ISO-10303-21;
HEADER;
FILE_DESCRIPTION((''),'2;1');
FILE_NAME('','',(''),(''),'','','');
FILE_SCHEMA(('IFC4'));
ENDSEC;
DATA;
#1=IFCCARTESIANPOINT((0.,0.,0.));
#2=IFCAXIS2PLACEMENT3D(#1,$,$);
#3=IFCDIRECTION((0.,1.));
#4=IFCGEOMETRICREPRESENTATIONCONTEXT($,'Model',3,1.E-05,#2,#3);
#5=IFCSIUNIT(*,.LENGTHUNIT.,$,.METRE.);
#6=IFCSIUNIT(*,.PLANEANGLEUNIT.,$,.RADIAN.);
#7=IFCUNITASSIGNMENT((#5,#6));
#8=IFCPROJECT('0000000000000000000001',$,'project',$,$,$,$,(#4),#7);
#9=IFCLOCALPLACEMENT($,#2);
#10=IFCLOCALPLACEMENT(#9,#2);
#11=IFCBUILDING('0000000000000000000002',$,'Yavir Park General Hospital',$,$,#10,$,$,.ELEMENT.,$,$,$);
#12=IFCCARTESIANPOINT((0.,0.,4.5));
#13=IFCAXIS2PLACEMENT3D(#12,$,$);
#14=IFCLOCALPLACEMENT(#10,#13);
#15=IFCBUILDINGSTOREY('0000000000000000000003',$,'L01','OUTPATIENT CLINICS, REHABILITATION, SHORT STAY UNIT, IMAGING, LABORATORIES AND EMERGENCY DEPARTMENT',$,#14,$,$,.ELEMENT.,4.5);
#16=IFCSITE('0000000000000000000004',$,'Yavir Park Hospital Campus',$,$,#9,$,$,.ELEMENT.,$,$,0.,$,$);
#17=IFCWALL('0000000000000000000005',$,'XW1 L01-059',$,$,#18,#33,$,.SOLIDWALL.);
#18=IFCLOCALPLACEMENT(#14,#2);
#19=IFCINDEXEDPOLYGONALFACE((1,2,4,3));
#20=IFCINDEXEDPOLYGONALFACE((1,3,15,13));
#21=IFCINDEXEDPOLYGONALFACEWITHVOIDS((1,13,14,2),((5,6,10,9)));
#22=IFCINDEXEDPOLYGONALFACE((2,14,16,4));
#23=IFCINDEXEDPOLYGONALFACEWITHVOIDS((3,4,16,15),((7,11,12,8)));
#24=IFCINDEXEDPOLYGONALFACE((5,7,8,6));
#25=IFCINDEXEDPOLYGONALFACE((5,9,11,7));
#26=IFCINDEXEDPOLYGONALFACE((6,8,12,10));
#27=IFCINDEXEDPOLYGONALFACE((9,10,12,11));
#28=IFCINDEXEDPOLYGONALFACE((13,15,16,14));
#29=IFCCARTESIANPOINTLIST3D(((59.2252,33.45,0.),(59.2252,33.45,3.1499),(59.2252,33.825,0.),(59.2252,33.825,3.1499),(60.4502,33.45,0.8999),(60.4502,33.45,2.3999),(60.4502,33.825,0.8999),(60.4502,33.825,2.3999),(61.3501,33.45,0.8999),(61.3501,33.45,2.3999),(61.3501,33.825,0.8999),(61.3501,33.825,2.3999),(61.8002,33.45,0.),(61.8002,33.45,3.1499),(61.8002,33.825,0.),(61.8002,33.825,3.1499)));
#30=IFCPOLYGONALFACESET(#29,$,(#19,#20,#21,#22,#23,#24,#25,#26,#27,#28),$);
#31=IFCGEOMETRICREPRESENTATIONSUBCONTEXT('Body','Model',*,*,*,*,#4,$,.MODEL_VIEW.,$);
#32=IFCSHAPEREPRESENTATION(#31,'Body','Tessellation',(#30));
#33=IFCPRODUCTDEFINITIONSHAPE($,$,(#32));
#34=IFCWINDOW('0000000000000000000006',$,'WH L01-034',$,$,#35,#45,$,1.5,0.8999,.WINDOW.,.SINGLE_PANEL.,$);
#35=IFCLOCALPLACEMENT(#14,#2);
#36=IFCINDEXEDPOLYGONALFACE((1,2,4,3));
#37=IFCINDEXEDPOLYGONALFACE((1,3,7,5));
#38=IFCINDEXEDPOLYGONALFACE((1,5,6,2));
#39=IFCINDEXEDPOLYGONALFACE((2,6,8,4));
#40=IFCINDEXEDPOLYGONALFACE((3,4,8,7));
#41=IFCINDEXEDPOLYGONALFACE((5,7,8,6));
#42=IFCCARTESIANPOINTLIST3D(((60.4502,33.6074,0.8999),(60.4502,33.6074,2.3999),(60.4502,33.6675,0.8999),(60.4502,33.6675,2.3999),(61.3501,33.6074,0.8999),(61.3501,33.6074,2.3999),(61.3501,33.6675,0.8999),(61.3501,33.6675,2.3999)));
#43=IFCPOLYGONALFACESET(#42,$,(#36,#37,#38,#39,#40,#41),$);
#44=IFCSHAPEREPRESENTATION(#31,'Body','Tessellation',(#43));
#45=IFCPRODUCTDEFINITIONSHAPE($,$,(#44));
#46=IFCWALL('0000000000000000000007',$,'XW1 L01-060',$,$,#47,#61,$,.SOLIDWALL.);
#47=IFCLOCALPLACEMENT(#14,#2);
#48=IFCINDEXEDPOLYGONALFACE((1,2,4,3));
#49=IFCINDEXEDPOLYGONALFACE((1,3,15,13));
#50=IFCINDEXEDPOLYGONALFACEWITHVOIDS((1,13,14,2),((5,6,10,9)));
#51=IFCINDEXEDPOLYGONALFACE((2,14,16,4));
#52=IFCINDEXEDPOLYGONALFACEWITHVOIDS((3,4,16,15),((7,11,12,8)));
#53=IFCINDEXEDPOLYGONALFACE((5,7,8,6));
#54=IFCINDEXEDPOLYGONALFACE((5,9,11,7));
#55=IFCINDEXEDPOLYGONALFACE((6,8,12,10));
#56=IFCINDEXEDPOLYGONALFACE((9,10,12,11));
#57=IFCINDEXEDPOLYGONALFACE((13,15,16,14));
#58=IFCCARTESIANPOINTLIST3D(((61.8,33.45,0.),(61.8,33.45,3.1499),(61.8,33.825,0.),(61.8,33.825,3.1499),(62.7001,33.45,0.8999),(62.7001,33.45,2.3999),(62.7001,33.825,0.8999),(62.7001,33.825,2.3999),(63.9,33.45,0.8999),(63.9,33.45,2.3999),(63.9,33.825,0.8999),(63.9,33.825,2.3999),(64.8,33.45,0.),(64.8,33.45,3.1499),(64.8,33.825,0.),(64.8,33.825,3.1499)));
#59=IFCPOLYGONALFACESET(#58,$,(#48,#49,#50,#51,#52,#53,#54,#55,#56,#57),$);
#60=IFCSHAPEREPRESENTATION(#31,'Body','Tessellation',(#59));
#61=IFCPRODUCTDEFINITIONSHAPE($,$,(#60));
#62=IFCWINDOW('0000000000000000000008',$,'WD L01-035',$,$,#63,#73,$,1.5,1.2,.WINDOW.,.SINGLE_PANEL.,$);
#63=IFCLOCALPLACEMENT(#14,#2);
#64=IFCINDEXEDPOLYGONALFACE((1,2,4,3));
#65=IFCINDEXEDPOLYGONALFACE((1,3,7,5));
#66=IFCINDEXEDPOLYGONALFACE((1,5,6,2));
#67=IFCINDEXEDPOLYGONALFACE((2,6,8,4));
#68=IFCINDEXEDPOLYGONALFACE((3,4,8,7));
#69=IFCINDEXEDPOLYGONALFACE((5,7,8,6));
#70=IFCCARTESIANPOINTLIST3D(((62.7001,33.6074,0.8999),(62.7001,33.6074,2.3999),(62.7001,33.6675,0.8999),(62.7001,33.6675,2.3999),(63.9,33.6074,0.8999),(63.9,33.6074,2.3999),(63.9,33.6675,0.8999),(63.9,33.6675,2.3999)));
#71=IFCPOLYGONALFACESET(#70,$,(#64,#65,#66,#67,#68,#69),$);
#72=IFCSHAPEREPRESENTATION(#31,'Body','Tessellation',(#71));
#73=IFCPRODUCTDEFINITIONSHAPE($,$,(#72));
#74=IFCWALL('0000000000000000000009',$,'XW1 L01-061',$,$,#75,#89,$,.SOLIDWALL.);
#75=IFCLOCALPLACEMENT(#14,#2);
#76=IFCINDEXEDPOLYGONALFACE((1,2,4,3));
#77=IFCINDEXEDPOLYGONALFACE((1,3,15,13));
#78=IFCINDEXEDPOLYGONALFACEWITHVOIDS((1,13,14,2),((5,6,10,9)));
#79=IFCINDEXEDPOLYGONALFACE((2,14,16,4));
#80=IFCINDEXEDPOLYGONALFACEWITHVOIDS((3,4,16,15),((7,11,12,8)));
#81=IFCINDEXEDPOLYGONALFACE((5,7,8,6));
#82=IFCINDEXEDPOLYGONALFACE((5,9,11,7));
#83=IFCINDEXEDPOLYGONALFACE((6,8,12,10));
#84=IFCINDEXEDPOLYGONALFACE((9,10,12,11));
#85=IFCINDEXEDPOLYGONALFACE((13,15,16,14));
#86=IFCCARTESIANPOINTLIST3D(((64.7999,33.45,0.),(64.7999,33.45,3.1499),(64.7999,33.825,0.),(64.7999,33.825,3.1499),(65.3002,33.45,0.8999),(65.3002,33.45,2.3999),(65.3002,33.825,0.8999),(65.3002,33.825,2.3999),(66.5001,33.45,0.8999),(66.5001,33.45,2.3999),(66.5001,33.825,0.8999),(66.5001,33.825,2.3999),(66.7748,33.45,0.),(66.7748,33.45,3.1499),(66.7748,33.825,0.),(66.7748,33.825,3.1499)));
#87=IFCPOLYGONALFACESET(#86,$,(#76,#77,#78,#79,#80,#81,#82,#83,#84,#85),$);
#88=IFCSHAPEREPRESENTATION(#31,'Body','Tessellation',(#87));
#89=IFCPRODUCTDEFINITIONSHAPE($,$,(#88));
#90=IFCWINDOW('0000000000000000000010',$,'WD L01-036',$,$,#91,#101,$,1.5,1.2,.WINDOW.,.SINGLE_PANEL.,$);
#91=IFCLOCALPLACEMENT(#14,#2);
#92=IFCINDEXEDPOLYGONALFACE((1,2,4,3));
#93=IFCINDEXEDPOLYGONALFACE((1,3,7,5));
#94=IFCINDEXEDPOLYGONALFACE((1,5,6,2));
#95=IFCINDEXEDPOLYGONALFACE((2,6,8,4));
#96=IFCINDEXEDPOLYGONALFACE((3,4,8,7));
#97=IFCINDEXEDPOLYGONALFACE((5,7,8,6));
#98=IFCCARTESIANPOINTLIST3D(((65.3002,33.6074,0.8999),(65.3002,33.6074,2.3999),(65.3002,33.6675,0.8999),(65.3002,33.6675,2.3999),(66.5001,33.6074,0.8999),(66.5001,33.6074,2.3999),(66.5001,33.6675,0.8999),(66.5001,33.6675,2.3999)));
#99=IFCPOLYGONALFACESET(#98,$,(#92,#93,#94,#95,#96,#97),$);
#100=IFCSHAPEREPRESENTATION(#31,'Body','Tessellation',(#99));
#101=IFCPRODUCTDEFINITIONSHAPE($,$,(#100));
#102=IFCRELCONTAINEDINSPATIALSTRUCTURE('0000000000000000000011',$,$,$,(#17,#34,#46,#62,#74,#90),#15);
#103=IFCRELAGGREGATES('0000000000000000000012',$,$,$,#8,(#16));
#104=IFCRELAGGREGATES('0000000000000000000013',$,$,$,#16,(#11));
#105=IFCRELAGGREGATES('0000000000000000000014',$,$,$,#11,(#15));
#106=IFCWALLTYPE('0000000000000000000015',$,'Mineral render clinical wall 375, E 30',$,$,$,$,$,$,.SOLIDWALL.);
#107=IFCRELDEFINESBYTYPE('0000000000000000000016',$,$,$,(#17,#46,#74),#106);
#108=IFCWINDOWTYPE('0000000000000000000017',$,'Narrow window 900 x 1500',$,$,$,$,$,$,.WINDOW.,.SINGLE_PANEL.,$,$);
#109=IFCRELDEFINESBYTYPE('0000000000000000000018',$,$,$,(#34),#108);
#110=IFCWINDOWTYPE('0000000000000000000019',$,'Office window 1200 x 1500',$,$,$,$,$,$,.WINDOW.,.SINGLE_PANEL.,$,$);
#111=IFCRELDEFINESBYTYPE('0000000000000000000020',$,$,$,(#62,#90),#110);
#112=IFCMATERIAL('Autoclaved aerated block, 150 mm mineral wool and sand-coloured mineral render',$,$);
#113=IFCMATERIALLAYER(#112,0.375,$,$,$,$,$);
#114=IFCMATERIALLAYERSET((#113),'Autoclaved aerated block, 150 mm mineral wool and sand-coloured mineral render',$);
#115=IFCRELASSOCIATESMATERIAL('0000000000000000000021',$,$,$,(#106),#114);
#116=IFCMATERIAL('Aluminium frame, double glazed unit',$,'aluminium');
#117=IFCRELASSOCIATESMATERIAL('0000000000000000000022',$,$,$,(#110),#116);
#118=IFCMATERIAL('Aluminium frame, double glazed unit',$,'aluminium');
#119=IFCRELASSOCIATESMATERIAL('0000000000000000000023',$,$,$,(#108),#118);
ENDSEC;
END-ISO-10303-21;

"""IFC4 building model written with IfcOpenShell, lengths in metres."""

from ifc_helpers import new_model, si_unit, direction, frame, frame_2d, origin, place, context, subcontext, project, spatial, rectangle, extrude, material, layer, layer_set, type_object, element, fill, save


model = new_model("IFC4")

# Units and contexts
model_context = context("Model", 3, precision=1e-05, world=origin(), true_north=direction((0.0, 1.0)))
body_context = subcontext(model_context, "Body", "Model", "MODEL_VIEW")
ifc_project = project(units=[si_unit("LENGTHUNIT", "METRE"), si_unit("PLANEANGLEUNIT", "RADIAN")], contexts=[model_context])

# Site, building, storey
site_placement = place(None, origin())
site = spatial("IfcSite", under=ifc_project, at=site_placement, Name="Yavir Park Hospital Campus", CompositionType="ELEMENT", RefElevation=0.0)
building_placement = place(site_placement, origin())
building = spatial("IfcBuilding", under=site, at=building_placement, Name="Yavir Park General Hospital", CompositionType="ELEMENT")
storey_placement = place(building_placement, frame((0.0, 0.0, 4.5)))
storey = spatial("IfcBuildingStorey", under=building, at=storey_placement, Name="L01", Description="OUTPATIENT CLINICS, REHABILITATION, SHORT STAY UNIT, IMAGING, LABORATORIES AND EMERGENCY DEPARTMENT", CompositionType="ELEMENT", Elevation=4.5)

# Walls, openings, windows
ifc_material_1 = material(Name="Autoclaved aerated block, 150 mm mineral wool and sand-coloured mineral render")
ifc_layer_1 = layer(ifc_material_1, 0.375)
ifc_layer_set_1 = layer_set([ifc_layer_1], Name="Autoclaved aerated block, 150 mm mineral wool and sand-coloured mineral render")
wall_type_1 = type_object("IfcWallType", Name="Mineral render clinical wall 375, E 30", PredefinedType="SOLIDWALL", material=ifc_layer_set_1)
ifc_material_2 = material(Name="Aluminium frame, double glazed unit", Category="aluminium")
window_type_1 = type_object("IfcWindowType", Name="Office window 1200 x 1500", PartitioningType="SINGLE_PANEL", PredefinedType="WINDOW", material=ifc_material_2)
wall_1_placement = place(storey_placement, frame((59.2251, 33.6375, 0.0), z_axis=(0.0, 0.0, 1.0), x_axis=(1.0, 0.0, 0.0)))
wall_1 = element("IfcWall", 1, at=wall_1_placement, inside=storey, type_object=wall_type_1, Name="XW1 L01-059", PredefinedType="SOLIDWALL", context=body_context, shape_type="SweptSolid", body=[
    extrude(rectangle(XDim=2.575, YDim=0.375, at=frame_2d((1.2876, 0.0))), origin(), (0.0, 0.0, 1.0), 3.1499),
])
opening_1_placement = place(wall_1_placement, frame((1.2251, 0.0, 0.8999)))
opening_1 = element("IfcOpeningElement", 2, at=opening_1_placement, cuts=wall_1, PredefinedType="OPENING", context=body_context, shape_type="SweptSolid", body=[
    extrude(rectangle(XDim=0.8999, YDim=1.5, at=frame_2d((0.45, 0.75))), frame((0.0, 0.1975, 0.0), z_axis=(0.0, -1.0, 0.0), x_axis=(1.0, 0.0, 0.0)), (0.0, 0.0, 1.0), 0.395),
])
ifc_material_3 = material(Name="Aluminium frame, double glazed unit", Category="aluminium")
window_type_2 = type_object("IfcWindowType", Name="Narrow window 900 x 1500", PartitioningType="SINGLE_PANEL", PredefinedType="WINDOW", material=ifc_material_3)
window_1_placement = place(opening_1_placement, origin())
window_1 = element("IfcWindow", 3, at=window_1_placement, inside=storey, type_object=window_type_2, Name="WH L01-034", OverallHeight=1.5, OverallWidth=0.8999, PartitioningType="SINGLE_PANEL", PredefinedType="WINDOW", context=body_context, shape_type="SweptSolid", body=[
    extrude(rectangle(XDim=0.8999, YDim=1.5, at=frame_2d((0.45, 0.75))), frame((0.0, 0.03, 0.0), z_axis=(0.0, -1.0, 0.0), x_axis=(1.0, 0.0, 0.0)), (0.0, 0.0, 1.0), 0.0601),
])
fill(opening_1, window_1)
wall_2_placement = place(storey_placement, frame((61.8, 33.6375, 0.0), z_axis=(0.0, 0.0, 1.0), x_axis=(1.0, 0.0, 0.0)))
wall_2 = element("IfcWall", 4, at=wall_2_placement, inside=storey, type_object=wall_type_1, Name="XW1 L01-060", PredefinedType="SOLIDWALL", context=body_context, shape_type="SweptSolid", body=[
    extrude(rectangle(XDim=3.0, YDim=0.375, at=frame_2d((1.5, 0.0))), origin(), (0.0, 0.0, 1.0), 3.1499),
])
opening_2_placement = place(wall_2_placement, frame((0.8999, 0.0, 0.8999)))
opening_2 = element("IfcOpeningElement", 5, at=opening_2_placement, cuts=wall_2, PredefinedType="OPENING", context=body_context, shape_type="SweptSolid", body=[
    extrude(rectangle(XDim=1.2, YDim=1.5, at=frame_2d((0.6001, 0.75))), frame((0.0, 0.1975, 0.0), z_axis=(0.0, -1.0, 0.0), x_axis=(1.0, 0.0, 0.0)), (0.0, 0.0, 1.0), 0.395),
])
window_2_placement = place(opening_2_placement, origin())
window_2 = element("IfcWindow", 6, at=window_2_placement, inside=storey, type_object=window_type_1, Name="WD L01-035", OverallHeight=1.5, OverallWidth=1.2, PartitioningType="SINGLE_PANEL", PredefinedType="WINDOW", context=body_context, shape_type="SweptSolid", body=[
    extrude(rectangle(XDim=1.2, YDim=1.5, at=frame_2d((0.6001, 0.75))), frame((0.0, 0.03, 0.0), z_axis=(0.0, -1.0, 0.0), x_axis=(1.0, 0.0, 0.0)), (0.0, 0.0, 1.0), 0.0601),
])
fill(opening_2, window_2)
wall_3_placement = place(storey_placement, frame((64.8, 33.6375, 0.0), z_axis=(0.0, 0.0, 1.0), x_axis=(1.0, 0.0, 0.0)))
wall_3 = element("IfcWall", 7, at=wall_3_placement, inside=storey, type_object=wall_type_1, Name="XW1 L01-061", PredefinedType="SOLIDWALL", context=body_context, shape_type="SweptSolid", body=[
    extrude(rectangle(XDim=1.9749, YDim=0.375, at=frame_2d((0.9873, 0.0))), origin(), (0.0, 0.0, 1.0), 3.1499),
])
opening_3_placement = place(wall_3_placement, frame((0.5, 0.0, 0.8999)))
opening_3 = element("IfcOpeningElement", 8, at=opening_3_placement, cuts=wall_3, PredefinedType="OPENING", context=body_context, shape_type="SweptSolid", body=[
    extrude(rectangle(XDim=1.2, YDim=1.5, at=frame_2d((0.6001, 0.75))), frame((0.0, 0.1975, 0.0), z_axis=(0.0, -1.0, 0.0), x_axis=(1.0, 0.0, 0.0)), (0.0, 0.0, 1.0), 0.395),
])
window_3_placement = place(opening_3_placement, origin())
window_3 = element("IfcWindow", 9, at=window_3_placement, inside=storey, type_object=window_type_1, Name="WD L01-036", OverallHeight=1.5, OverallWidth=1.2, PartitioningType="SINGLE_PANEL", PredefinedType="WINDOW", context=body_context, shape_type="SweptSolid", body=[
    extrude(rectangle(XDim=1.2, YDim=1.5, at=frame_2d((0.6001, 0.75))), frame((0.0, 0.03, 0.0), z_axis=(0.0, -1.0, 0.0), x_axis=(1.0, 0.0, 0.0)), (0.0, 0.0, 1.0), 0.0601),
])
fill(opening_3, window_3)

save(model, "model.ifc")
